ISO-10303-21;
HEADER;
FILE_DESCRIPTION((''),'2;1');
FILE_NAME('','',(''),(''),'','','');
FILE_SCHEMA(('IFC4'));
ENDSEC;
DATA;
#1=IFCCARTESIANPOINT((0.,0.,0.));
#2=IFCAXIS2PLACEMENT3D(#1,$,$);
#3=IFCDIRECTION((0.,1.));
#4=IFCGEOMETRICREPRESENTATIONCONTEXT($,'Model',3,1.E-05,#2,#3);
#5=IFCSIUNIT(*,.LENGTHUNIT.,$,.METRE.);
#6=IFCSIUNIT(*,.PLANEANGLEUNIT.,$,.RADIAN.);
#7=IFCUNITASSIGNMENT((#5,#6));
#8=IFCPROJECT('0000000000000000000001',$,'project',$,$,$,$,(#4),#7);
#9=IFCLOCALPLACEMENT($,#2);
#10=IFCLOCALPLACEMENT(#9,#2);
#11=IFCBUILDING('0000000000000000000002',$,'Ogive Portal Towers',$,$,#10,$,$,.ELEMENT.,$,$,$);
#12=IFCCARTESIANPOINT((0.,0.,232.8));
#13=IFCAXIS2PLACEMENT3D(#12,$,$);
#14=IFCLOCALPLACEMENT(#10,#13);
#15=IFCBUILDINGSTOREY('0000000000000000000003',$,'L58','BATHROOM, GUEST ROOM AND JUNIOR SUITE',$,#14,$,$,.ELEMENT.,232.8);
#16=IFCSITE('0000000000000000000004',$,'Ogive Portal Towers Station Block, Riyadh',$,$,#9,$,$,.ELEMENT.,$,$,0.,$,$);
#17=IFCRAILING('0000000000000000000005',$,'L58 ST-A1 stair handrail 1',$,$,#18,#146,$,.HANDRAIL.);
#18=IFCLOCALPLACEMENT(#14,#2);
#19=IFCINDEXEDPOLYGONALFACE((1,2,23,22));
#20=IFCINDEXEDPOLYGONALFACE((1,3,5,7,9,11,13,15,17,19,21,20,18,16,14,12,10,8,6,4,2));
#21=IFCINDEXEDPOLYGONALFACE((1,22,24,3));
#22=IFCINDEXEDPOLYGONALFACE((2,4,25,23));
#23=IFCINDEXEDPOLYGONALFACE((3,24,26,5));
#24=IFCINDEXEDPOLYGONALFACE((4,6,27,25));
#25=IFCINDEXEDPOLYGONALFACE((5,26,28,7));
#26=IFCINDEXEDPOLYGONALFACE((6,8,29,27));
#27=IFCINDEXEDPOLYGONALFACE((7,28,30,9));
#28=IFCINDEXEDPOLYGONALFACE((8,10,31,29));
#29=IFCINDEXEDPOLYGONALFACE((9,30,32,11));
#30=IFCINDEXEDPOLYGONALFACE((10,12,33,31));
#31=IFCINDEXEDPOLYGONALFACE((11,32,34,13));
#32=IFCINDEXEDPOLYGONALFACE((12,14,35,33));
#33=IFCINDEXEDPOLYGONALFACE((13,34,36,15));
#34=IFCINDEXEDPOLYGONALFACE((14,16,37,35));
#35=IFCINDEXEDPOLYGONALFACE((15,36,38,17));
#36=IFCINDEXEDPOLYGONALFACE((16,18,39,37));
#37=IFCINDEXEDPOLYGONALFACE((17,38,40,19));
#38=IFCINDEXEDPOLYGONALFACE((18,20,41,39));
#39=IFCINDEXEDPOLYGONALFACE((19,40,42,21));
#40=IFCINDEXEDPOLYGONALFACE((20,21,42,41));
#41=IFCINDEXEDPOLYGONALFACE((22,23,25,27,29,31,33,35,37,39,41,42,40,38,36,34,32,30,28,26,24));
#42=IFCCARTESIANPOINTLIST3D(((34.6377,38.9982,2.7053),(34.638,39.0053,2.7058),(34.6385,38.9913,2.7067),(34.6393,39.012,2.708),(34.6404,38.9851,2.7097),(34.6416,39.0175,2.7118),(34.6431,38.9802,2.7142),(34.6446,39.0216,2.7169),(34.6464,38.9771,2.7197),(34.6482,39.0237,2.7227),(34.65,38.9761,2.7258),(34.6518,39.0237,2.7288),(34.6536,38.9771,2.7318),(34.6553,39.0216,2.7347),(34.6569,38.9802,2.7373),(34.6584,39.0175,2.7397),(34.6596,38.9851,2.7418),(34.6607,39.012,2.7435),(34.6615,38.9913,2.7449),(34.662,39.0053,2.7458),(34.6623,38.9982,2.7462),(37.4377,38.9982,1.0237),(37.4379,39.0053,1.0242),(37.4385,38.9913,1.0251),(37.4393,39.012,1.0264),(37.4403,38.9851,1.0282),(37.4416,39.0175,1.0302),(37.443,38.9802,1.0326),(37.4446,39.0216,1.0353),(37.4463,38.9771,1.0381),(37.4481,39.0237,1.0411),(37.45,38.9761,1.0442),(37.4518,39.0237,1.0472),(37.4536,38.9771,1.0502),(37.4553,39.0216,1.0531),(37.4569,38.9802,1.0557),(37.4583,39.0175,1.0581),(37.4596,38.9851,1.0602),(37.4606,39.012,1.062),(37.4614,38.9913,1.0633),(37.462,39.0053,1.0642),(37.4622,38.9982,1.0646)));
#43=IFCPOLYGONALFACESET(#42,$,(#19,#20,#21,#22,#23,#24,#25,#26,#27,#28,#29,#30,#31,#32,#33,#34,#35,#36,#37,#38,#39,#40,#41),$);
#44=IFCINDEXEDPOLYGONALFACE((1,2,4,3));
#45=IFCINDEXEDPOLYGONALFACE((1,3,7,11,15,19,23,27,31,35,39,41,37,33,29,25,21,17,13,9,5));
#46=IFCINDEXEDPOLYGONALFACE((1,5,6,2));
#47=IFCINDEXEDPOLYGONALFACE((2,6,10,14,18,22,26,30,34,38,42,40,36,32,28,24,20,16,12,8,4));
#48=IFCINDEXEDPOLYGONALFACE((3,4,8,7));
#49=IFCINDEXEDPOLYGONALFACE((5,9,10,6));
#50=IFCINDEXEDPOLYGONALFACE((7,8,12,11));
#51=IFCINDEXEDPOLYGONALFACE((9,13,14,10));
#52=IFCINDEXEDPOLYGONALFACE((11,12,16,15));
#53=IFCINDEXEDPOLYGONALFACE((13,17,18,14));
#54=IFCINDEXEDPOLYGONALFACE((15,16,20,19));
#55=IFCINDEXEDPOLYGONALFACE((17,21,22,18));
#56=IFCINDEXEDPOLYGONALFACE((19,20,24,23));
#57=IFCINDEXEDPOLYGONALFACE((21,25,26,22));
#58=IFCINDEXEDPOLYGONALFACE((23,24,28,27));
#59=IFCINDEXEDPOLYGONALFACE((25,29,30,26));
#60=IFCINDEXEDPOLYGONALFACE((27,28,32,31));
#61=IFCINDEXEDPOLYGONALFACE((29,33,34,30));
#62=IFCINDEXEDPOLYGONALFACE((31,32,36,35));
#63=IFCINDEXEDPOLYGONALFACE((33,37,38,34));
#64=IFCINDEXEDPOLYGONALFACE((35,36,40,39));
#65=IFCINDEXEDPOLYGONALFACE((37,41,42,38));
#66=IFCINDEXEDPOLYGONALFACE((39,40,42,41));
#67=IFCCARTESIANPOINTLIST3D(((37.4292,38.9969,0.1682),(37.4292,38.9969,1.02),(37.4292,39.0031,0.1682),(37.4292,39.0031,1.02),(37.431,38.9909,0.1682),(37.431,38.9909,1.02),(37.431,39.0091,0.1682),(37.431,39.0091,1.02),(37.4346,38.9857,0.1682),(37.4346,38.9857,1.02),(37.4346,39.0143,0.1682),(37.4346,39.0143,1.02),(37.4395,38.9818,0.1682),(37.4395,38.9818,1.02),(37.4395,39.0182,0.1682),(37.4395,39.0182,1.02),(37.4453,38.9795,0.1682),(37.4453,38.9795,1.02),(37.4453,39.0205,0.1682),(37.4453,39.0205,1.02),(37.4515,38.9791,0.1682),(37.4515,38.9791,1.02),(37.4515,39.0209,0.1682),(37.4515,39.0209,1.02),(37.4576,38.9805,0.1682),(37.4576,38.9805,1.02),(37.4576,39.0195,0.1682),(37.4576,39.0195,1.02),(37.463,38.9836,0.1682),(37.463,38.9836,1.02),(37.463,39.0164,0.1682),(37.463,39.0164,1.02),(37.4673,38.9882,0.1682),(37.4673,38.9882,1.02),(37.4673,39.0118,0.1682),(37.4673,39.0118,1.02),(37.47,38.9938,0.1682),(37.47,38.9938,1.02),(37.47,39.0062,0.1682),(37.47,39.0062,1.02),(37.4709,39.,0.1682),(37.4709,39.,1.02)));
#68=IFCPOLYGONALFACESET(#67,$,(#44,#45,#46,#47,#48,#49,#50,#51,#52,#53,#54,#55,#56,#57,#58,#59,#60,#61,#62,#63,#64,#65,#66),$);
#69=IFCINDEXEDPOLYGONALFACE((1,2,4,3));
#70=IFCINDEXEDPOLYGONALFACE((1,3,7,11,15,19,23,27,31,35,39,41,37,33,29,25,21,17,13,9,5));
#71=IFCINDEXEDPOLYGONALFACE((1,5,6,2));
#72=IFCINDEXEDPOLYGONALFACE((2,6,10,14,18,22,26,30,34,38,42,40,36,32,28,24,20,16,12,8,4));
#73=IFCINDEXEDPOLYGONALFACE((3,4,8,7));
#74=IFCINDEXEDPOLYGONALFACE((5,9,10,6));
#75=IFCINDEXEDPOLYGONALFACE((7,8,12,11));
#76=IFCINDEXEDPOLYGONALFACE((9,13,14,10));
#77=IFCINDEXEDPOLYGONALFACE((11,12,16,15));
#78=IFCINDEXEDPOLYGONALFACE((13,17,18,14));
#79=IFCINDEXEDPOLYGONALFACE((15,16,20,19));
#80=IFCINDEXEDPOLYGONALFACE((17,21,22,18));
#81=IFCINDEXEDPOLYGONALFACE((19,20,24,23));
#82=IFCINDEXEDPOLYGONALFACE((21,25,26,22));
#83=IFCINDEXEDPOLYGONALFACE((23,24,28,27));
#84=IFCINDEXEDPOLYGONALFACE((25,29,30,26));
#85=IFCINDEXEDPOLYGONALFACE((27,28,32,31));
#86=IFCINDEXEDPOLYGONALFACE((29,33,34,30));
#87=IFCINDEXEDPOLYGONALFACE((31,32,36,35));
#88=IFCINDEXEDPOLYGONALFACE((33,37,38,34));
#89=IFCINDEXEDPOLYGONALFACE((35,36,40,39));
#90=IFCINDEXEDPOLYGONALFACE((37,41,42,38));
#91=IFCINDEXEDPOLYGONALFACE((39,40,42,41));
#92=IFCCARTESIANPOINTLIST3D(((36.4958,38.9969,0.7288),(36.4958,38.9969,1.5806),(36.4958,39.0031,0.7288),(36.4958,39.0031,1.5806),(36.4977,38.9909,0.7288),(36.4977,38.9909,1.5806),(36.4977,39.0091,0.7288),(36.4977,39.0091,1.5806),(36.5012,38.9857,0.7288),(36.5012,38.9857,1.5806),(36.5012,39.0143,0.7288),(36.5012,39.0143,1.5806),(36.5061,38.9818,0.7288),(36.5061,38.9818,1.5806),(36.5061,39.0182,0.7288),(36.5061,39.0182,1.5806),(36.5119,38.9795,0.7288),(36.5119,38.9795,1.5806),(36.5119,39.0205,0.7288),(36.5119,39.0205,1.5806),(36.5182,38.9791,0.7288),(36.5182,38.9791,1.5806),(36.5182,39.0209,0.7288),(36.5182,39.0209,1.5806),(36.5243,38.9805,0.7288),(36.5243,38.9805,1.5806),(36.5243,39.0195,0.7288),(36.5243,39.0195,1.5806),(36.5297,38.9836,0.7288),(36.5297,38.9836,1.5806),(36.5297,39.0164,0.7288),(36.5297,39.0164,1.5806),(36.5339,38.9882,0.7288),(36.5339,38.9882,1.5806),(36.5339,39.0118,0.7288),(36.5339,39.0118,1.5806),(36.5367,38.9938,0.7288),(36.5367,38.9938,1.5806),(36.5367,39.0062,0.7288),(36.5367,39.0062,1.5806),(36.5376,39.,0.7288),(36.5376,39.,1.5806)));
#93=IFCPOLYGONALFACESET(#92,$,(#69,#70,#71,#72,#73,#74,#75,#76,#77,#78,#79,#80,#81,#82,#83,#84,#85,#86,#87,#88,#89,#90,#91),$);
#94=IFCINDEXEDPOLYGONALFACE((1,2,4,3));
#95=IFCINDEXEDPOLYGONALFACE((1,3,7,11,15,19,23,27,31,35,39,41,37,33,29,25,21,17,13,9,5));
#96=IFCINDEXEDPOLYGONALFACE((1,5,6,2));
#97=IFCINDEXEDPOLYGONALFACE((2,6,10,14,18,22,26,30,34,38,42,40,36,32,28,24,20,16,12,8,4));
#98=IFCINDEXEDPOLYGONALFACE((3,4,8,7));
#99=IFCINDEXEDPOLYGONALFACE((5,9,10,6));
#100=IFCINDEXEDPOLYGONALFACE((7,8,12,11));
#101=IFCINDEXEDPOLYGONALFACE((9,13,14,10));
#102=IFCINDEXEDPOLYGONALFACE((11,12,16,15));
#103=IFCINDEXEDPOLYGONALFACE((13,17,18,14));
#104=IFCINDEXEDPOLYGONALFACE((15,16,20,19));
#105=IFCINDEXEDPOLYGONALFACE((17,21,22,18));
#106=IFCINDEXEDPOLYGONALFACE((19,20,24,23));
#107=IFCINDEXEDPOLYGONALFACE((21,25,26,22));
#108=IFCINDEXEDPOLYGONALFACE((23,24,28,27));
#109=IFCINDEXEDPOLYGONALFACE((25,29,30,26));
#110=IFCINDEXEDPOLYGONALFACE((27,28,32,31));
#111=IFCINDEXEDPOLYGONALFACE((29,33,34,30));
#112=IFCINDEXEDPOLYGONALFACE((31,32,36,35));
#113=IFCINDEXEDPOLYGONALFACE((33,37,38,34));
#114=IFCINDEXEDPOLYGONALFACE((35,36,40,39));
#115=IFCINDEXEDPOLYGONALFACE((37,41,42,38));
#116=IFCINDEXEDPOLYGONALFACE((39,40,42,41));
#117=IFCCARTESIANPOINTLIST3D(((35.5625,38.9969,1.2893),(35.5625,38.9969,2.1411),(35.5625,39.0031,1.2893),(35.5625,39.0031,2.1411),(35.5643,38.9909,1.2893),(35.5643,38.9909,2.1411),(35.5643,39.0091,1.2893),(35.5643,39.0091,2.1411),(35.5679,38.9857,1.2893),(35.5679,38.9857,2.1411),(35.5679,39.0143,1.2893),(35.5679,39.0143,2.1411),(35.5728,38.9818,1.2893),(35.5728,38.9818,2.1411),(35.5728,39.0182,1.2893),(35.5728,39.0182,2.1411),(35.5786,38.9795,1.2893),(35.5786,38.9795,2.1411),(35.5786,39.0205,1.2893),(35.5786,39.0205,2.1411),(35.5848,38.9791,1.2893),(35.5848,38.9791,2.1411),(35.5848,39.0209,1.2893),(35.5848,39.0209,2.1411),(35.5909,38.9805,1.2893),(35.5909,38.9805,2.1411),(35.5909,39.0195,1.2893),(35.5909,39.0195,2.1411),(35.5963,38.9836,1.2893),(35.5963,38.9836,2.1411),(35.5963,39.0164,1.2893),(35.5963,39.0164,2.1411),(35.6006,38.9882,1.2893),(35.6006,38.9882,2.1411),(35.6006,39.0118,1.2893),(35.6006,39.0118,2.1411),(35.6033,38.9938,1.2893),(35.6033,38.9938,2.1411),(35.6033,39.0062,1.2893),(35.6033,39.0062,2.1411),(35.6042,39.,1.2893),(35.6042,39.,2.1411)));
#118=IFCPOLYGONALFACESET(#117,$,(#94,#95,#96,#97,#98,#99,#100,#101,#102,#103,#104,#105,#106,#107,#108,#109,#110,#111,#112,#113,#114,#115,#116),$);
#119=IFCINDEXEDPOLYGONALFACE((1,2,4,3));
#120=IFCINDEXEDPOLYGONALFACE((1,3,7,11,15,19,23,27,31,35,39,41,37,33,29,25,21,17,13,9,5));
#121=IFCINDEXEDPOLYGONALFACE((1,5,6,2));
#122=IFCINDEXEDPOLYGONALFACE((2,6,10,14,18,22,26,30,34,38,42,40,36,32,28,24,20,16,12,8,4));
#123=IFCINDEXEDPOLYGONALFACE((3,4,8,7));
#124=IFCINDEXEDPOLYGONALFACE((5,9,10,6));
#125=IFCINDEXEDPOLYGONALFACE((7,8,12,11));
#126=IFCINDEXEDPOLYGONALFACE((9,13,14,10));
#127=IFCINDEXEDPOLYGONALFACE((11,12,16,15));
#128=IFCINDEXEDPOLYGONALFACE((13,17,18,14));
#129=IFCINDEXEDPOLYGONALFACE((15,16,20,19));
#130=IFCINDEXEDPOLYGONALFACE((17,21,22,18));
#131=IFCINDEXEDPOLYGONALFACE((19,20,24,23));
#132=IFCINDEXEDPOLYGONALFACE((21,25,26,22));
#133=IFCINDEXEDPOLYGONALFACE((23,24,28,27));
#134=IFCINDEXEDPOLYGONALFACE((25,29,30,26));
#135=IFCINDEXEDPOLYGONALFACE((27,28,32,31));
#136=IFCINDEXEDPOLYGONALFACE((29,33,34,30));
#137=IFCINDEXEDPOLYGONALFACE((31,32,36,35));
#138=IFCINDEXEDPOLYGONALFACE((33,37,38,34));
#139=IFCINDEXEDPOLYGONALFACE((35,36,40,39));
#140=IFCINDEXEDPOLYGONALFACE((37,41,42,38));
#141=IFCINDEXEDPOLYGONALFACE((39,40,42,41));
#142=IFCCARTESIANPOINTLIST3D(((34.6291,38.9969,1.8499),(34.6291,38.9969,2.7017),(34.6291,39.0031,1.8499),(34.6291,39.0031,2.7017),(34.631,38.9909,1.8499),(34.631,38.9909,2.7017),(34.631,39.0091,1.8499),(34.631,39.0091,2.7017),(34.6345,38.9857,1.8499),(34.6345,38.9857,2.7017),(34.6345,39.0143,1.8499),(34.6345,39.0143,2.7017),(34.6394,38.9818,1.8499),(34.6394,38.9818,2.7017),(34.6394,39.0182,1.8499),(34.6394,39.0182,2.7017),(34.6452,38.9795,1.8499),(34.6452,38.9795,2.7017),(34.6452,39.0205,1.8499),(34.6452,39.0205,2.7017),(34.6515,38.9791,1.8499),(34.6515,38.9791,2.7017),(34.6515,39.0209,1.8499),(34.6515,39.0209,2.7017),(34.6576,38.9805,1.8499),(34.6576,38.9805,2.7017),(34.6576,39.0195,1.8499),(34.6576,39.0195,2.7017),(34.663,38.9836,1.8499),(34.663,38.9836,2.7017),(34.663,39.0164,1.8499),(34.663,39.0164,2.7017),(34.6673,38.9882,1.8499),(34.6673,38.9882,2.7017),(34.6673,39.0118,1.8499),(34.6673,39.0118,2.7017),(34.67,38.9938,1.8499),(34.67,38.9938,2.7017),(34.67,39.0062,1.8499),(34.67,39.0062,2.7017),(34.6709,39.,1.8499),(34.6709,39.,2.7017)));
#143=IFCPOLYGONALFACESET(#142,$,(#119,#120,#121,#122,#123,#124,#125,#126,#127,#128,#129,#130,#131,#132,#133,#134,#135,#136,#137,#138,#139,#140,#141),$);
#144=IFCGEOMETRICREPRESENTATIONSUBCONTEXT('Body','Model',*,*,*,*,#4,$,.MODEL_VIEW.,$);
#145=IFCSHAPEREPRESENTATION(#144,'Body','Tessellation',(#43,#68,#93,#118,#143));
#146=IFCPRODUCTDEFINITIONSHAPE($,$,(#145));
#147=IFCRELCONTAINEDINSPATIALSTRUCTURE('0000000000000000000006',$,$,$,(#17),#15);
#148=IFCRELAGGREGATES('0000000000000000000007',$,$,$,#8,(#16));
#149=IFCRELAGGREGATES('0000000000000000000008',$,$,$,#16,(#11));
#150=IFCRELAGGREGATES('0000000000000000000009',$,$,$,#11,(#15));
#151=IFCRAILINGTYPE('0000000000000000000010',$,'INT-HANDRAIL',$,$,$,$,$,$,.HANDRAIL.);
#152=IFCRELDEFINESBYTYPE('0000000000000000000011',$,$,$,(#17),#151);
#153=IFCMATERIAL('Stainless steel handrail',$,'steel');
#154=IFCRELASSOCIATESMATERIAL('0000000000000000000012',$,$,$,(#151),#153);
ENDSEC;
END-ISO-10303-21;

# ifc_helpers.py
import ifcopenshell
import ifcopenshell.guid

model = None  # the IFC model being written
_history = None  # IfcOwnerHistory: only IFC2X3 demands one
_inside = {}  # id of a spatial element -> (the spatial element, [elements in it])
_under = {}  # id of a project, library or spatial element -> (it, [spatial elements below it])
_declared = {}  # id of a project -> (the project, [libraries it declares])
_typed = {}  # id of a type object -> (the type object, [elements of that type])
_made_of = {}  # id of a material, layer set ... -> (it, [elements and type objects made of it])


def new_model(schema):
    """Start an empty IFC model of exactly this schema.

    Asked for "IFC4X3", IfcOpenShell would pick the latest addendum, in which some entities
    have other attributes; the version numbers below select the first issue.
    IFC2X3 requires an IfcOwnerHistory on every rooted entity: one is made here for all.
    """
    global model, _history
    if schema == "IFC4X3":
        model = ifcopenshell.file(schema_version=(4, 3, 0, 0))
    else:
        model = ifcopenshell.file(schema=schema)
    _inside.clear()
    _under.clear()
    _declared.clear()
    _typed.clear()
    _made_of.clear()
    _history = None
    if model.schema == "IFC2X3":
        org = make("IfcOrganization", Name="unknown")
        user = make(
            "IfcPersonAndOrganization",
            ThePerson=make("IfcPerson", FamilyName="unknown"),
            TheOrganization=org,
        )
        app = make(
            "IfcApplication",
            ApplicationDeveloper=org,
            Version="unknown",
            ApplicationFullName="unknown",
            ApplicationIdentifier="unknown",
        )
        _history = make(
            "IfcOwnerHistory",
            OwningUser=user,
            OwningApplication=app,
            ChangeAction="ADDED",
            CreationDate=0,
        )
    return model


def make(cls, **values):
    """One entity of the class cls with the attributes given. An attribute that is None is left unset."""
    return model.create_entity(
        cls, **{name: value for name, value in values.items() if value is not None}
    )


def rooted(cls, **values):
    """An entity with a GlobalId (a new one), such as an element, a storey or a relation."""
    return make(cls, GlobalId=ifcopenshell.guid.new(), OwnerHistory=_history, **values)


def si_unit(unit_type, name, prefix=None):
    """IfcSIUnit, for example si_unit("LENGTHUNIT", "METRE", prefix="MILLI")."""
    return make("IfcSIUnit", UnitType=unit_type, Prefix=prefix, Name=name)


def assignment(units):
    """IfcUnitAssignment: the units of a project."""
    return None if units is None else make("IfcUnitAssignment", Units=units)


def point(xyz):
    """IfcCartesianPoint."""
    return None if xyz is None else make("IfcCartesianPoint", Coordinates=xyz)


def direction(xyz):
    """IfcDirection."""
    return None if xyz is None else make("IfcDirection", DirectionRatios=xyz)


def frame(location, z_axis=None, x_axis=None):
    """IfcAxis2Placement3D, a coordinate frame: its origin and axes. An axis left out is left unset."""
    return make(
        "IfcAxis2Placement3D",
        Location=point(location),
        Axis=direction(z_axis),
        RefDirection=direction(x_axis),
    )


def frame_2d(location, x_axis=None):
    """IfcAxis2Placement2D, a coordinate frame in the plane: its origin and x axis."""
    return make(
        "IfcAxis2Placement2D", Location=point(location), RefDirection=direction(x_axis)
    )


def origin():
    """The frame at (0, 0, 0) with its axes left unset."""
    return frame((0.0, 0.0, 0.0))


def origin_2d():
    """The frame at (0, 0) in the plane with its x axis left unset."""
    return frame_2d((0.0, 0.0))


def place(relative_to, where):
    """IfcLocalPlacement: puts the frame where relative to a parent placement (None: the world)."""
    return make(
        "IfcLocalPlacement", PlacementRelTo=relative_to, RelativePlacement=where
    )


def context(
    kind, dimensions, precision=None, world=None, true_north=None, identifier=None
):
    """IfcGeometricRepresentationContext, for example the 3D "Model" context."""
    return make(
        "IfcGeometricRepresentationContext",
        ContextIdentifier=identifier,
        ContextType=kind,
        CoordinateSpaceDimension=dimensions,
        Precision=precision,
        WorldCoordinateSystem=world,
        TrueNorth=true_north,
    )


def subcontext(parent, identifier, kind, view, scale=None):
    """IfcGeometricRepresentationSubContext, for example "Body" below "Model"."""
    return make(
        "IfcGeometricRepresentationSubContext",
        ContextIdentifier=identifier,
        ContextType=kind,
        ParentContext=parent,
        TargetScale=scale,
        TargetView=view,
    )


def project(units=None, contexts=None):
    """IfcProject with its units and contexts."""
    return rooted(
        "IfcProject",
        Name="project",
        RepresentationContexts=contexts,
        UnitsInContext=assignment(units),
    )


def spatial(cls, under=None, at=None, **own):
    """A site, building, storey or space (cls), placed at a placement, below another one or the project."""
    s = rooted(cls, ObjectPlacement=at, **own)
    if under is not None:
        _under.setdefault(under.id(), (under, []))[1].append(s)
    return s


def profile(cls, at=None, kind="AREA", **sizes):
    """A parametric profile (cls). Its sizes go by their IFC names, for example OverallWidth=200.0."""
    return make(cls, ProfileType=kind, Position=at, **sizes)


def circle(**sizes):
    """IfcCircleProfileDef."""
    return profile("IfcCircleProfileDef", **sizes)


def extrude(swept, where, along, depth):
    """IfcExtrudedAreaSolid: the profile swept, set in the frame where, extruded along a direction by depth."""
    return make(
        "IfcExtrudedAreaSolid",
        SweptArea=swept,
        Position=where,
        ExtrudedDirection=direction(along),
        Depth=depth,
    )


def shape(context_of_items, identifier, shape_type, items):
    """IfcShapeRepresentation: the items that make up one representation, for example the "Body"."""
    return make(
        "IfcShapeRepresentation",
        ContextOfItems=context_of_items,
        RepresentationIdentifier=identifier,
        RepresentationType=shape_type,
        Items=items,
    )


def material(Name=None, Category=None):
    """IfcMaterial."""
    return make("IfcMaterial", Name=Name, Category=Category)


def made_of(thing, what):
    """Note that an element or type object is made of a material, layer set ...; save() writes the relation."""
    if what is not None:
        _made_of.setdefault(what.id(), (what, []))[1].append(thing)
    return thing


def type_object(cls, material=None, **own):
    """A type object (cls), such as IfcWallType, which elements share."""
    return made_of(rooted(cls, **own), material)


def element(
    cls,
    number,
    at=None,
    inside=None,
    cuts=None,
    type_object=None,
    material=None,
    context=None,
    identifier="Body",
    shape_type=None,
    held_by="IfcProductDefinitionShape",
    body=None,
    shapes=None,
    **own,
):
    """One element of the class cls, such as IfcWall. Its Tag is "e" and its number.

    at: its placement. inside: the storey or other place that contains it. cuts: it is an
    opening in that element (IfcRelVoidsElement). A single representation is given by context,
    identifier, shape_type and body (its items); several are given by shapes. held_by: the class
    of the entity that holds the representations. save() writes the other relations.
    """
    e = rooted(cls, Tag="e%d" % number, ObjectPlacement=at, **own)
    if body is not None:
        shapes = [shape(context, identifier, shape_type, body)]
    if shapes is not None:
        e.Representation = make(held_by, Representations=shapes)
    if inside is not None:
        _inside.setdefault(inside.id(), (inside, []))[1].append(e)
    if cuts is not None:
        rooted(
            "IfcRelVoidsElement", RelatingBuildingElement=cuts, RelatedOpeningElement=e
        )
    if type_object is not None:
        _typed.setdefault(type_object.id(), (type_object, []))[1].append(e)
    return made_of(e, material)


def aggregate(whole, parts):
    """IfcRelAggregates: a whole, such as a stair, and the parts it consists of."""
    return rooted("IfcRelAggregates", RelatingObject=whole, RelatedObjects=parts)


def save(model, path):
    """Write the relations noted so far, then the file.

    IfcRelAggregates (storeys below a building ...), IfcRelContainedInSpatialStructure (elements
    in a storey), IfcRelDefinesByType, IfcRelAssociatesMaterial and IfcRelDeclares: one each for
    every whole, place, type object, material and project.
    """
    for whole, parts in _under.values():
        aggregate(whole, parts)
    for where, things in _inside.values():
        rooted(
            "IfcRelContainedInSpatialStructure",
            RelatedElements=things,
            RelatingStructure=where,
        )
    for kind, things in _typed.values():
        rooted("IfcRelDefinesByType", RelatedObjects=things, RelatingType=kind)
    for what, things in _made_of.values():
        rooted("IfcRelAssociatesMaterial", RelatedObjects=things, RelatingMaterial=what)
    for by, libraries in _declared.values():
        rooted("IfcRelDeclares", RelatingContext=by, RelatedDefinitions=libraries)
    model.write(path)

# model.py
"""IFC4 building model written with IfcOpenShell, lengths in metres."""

from ifc_helpers import new_model, si_unit, direction, frame, origin, origin_2d, place, context, subcontext, project, spatial, circle, extrude, material, type_object, element, save


model = new_model("IFC4")

# Units and contexts
model_context = context("Model", 3, precision=1e-05, world=origin(), true_north=direction((0.0, 1.0)))
body_context = subcontext(model_context, "Body", "Model", "MODEL_VIEW")
ifc_project = project(units=[si_unit("LENGTHUNIT", "METRE"), si_unit("PLANEANGLEUNIT", "RADIAN")], contexts=[model_context])

# Site, building, storey
site_placement = place(None, origin())
site = spatial("IfcSite", under=ifc_project, at=site_placement, Name="Ogive Portal Towers Station Block, Riyadh", CompositionType="ELEMENT", RefElevation=0.0)
building_placement = place(site_placement, origin())
building = spatial("IfcBuilding", under=site, at=building_placement, Name="Ogive Portal Towers", CompositionType="ELEMENT")
storey_placement = place(building_placement, frame((0.0, 0.0, 232.8)))
storey = spatial("IfcBuildingStorey", under=building, at=storey_placement, Name="L58", Description="BATHROOM, GUEST ROOM AND JUNIOR SUITE", CompositionType="ELEMENT", Elevation=232.8)

# Railing
ifc_material_1 = material(Name="Stainless steel handrail", Category="steel")
railing_type_1 = type_object("IfcRailingType", Name="INT-HANDRAIL", PredefinedType="HANDRAIL", material=ifc_material_1)
railing_1_placement = place(storey_placement, frame((37.45, 39.0, 0.1682)))
element("IfcRailing", 1, at=railing_1_placement, inside=storey, type_object=railing_type_1, Name="L58 ST-A1 stair handrail 1", PredefinedType="HANDRAIL", context=body_context, shape_type="SweptSolid", body=[
    extrude(circle(Radius=0.0239, at=origin_2d()), frame((0.0, 0.0, 0.876), z_axis=(-0.857275, 0.0, 0.514858), x_axis=(0.0, -1.0, 0.0)), (0.0, 0.0, 1.0), 3.2661),
    extrude(circle(Radius=0.021, at=origin_2d()), origin(), (0.0, 0.0, 1.0), 0.8518),
    extrude(circle(Radius=0.021, at=origin_2d()), frame((-0.9333, 0.0, 0.5605)), (0.0, 0.0, 1.0), 0.8518),
    extrude(circle(Radius=0.021, at=origin_2d()), frame((-1.8667, 0.0, 1.1211)), (0.0, 0.0, 1.0), 0.8518),
    extrude(circle(Radius=0.021, at=origin_2d()), frame((-2.8, 0.0, 1.6816)), (0.0, 0.0, 1.0), 0.8518),
])

save(model, "model.ifc")
